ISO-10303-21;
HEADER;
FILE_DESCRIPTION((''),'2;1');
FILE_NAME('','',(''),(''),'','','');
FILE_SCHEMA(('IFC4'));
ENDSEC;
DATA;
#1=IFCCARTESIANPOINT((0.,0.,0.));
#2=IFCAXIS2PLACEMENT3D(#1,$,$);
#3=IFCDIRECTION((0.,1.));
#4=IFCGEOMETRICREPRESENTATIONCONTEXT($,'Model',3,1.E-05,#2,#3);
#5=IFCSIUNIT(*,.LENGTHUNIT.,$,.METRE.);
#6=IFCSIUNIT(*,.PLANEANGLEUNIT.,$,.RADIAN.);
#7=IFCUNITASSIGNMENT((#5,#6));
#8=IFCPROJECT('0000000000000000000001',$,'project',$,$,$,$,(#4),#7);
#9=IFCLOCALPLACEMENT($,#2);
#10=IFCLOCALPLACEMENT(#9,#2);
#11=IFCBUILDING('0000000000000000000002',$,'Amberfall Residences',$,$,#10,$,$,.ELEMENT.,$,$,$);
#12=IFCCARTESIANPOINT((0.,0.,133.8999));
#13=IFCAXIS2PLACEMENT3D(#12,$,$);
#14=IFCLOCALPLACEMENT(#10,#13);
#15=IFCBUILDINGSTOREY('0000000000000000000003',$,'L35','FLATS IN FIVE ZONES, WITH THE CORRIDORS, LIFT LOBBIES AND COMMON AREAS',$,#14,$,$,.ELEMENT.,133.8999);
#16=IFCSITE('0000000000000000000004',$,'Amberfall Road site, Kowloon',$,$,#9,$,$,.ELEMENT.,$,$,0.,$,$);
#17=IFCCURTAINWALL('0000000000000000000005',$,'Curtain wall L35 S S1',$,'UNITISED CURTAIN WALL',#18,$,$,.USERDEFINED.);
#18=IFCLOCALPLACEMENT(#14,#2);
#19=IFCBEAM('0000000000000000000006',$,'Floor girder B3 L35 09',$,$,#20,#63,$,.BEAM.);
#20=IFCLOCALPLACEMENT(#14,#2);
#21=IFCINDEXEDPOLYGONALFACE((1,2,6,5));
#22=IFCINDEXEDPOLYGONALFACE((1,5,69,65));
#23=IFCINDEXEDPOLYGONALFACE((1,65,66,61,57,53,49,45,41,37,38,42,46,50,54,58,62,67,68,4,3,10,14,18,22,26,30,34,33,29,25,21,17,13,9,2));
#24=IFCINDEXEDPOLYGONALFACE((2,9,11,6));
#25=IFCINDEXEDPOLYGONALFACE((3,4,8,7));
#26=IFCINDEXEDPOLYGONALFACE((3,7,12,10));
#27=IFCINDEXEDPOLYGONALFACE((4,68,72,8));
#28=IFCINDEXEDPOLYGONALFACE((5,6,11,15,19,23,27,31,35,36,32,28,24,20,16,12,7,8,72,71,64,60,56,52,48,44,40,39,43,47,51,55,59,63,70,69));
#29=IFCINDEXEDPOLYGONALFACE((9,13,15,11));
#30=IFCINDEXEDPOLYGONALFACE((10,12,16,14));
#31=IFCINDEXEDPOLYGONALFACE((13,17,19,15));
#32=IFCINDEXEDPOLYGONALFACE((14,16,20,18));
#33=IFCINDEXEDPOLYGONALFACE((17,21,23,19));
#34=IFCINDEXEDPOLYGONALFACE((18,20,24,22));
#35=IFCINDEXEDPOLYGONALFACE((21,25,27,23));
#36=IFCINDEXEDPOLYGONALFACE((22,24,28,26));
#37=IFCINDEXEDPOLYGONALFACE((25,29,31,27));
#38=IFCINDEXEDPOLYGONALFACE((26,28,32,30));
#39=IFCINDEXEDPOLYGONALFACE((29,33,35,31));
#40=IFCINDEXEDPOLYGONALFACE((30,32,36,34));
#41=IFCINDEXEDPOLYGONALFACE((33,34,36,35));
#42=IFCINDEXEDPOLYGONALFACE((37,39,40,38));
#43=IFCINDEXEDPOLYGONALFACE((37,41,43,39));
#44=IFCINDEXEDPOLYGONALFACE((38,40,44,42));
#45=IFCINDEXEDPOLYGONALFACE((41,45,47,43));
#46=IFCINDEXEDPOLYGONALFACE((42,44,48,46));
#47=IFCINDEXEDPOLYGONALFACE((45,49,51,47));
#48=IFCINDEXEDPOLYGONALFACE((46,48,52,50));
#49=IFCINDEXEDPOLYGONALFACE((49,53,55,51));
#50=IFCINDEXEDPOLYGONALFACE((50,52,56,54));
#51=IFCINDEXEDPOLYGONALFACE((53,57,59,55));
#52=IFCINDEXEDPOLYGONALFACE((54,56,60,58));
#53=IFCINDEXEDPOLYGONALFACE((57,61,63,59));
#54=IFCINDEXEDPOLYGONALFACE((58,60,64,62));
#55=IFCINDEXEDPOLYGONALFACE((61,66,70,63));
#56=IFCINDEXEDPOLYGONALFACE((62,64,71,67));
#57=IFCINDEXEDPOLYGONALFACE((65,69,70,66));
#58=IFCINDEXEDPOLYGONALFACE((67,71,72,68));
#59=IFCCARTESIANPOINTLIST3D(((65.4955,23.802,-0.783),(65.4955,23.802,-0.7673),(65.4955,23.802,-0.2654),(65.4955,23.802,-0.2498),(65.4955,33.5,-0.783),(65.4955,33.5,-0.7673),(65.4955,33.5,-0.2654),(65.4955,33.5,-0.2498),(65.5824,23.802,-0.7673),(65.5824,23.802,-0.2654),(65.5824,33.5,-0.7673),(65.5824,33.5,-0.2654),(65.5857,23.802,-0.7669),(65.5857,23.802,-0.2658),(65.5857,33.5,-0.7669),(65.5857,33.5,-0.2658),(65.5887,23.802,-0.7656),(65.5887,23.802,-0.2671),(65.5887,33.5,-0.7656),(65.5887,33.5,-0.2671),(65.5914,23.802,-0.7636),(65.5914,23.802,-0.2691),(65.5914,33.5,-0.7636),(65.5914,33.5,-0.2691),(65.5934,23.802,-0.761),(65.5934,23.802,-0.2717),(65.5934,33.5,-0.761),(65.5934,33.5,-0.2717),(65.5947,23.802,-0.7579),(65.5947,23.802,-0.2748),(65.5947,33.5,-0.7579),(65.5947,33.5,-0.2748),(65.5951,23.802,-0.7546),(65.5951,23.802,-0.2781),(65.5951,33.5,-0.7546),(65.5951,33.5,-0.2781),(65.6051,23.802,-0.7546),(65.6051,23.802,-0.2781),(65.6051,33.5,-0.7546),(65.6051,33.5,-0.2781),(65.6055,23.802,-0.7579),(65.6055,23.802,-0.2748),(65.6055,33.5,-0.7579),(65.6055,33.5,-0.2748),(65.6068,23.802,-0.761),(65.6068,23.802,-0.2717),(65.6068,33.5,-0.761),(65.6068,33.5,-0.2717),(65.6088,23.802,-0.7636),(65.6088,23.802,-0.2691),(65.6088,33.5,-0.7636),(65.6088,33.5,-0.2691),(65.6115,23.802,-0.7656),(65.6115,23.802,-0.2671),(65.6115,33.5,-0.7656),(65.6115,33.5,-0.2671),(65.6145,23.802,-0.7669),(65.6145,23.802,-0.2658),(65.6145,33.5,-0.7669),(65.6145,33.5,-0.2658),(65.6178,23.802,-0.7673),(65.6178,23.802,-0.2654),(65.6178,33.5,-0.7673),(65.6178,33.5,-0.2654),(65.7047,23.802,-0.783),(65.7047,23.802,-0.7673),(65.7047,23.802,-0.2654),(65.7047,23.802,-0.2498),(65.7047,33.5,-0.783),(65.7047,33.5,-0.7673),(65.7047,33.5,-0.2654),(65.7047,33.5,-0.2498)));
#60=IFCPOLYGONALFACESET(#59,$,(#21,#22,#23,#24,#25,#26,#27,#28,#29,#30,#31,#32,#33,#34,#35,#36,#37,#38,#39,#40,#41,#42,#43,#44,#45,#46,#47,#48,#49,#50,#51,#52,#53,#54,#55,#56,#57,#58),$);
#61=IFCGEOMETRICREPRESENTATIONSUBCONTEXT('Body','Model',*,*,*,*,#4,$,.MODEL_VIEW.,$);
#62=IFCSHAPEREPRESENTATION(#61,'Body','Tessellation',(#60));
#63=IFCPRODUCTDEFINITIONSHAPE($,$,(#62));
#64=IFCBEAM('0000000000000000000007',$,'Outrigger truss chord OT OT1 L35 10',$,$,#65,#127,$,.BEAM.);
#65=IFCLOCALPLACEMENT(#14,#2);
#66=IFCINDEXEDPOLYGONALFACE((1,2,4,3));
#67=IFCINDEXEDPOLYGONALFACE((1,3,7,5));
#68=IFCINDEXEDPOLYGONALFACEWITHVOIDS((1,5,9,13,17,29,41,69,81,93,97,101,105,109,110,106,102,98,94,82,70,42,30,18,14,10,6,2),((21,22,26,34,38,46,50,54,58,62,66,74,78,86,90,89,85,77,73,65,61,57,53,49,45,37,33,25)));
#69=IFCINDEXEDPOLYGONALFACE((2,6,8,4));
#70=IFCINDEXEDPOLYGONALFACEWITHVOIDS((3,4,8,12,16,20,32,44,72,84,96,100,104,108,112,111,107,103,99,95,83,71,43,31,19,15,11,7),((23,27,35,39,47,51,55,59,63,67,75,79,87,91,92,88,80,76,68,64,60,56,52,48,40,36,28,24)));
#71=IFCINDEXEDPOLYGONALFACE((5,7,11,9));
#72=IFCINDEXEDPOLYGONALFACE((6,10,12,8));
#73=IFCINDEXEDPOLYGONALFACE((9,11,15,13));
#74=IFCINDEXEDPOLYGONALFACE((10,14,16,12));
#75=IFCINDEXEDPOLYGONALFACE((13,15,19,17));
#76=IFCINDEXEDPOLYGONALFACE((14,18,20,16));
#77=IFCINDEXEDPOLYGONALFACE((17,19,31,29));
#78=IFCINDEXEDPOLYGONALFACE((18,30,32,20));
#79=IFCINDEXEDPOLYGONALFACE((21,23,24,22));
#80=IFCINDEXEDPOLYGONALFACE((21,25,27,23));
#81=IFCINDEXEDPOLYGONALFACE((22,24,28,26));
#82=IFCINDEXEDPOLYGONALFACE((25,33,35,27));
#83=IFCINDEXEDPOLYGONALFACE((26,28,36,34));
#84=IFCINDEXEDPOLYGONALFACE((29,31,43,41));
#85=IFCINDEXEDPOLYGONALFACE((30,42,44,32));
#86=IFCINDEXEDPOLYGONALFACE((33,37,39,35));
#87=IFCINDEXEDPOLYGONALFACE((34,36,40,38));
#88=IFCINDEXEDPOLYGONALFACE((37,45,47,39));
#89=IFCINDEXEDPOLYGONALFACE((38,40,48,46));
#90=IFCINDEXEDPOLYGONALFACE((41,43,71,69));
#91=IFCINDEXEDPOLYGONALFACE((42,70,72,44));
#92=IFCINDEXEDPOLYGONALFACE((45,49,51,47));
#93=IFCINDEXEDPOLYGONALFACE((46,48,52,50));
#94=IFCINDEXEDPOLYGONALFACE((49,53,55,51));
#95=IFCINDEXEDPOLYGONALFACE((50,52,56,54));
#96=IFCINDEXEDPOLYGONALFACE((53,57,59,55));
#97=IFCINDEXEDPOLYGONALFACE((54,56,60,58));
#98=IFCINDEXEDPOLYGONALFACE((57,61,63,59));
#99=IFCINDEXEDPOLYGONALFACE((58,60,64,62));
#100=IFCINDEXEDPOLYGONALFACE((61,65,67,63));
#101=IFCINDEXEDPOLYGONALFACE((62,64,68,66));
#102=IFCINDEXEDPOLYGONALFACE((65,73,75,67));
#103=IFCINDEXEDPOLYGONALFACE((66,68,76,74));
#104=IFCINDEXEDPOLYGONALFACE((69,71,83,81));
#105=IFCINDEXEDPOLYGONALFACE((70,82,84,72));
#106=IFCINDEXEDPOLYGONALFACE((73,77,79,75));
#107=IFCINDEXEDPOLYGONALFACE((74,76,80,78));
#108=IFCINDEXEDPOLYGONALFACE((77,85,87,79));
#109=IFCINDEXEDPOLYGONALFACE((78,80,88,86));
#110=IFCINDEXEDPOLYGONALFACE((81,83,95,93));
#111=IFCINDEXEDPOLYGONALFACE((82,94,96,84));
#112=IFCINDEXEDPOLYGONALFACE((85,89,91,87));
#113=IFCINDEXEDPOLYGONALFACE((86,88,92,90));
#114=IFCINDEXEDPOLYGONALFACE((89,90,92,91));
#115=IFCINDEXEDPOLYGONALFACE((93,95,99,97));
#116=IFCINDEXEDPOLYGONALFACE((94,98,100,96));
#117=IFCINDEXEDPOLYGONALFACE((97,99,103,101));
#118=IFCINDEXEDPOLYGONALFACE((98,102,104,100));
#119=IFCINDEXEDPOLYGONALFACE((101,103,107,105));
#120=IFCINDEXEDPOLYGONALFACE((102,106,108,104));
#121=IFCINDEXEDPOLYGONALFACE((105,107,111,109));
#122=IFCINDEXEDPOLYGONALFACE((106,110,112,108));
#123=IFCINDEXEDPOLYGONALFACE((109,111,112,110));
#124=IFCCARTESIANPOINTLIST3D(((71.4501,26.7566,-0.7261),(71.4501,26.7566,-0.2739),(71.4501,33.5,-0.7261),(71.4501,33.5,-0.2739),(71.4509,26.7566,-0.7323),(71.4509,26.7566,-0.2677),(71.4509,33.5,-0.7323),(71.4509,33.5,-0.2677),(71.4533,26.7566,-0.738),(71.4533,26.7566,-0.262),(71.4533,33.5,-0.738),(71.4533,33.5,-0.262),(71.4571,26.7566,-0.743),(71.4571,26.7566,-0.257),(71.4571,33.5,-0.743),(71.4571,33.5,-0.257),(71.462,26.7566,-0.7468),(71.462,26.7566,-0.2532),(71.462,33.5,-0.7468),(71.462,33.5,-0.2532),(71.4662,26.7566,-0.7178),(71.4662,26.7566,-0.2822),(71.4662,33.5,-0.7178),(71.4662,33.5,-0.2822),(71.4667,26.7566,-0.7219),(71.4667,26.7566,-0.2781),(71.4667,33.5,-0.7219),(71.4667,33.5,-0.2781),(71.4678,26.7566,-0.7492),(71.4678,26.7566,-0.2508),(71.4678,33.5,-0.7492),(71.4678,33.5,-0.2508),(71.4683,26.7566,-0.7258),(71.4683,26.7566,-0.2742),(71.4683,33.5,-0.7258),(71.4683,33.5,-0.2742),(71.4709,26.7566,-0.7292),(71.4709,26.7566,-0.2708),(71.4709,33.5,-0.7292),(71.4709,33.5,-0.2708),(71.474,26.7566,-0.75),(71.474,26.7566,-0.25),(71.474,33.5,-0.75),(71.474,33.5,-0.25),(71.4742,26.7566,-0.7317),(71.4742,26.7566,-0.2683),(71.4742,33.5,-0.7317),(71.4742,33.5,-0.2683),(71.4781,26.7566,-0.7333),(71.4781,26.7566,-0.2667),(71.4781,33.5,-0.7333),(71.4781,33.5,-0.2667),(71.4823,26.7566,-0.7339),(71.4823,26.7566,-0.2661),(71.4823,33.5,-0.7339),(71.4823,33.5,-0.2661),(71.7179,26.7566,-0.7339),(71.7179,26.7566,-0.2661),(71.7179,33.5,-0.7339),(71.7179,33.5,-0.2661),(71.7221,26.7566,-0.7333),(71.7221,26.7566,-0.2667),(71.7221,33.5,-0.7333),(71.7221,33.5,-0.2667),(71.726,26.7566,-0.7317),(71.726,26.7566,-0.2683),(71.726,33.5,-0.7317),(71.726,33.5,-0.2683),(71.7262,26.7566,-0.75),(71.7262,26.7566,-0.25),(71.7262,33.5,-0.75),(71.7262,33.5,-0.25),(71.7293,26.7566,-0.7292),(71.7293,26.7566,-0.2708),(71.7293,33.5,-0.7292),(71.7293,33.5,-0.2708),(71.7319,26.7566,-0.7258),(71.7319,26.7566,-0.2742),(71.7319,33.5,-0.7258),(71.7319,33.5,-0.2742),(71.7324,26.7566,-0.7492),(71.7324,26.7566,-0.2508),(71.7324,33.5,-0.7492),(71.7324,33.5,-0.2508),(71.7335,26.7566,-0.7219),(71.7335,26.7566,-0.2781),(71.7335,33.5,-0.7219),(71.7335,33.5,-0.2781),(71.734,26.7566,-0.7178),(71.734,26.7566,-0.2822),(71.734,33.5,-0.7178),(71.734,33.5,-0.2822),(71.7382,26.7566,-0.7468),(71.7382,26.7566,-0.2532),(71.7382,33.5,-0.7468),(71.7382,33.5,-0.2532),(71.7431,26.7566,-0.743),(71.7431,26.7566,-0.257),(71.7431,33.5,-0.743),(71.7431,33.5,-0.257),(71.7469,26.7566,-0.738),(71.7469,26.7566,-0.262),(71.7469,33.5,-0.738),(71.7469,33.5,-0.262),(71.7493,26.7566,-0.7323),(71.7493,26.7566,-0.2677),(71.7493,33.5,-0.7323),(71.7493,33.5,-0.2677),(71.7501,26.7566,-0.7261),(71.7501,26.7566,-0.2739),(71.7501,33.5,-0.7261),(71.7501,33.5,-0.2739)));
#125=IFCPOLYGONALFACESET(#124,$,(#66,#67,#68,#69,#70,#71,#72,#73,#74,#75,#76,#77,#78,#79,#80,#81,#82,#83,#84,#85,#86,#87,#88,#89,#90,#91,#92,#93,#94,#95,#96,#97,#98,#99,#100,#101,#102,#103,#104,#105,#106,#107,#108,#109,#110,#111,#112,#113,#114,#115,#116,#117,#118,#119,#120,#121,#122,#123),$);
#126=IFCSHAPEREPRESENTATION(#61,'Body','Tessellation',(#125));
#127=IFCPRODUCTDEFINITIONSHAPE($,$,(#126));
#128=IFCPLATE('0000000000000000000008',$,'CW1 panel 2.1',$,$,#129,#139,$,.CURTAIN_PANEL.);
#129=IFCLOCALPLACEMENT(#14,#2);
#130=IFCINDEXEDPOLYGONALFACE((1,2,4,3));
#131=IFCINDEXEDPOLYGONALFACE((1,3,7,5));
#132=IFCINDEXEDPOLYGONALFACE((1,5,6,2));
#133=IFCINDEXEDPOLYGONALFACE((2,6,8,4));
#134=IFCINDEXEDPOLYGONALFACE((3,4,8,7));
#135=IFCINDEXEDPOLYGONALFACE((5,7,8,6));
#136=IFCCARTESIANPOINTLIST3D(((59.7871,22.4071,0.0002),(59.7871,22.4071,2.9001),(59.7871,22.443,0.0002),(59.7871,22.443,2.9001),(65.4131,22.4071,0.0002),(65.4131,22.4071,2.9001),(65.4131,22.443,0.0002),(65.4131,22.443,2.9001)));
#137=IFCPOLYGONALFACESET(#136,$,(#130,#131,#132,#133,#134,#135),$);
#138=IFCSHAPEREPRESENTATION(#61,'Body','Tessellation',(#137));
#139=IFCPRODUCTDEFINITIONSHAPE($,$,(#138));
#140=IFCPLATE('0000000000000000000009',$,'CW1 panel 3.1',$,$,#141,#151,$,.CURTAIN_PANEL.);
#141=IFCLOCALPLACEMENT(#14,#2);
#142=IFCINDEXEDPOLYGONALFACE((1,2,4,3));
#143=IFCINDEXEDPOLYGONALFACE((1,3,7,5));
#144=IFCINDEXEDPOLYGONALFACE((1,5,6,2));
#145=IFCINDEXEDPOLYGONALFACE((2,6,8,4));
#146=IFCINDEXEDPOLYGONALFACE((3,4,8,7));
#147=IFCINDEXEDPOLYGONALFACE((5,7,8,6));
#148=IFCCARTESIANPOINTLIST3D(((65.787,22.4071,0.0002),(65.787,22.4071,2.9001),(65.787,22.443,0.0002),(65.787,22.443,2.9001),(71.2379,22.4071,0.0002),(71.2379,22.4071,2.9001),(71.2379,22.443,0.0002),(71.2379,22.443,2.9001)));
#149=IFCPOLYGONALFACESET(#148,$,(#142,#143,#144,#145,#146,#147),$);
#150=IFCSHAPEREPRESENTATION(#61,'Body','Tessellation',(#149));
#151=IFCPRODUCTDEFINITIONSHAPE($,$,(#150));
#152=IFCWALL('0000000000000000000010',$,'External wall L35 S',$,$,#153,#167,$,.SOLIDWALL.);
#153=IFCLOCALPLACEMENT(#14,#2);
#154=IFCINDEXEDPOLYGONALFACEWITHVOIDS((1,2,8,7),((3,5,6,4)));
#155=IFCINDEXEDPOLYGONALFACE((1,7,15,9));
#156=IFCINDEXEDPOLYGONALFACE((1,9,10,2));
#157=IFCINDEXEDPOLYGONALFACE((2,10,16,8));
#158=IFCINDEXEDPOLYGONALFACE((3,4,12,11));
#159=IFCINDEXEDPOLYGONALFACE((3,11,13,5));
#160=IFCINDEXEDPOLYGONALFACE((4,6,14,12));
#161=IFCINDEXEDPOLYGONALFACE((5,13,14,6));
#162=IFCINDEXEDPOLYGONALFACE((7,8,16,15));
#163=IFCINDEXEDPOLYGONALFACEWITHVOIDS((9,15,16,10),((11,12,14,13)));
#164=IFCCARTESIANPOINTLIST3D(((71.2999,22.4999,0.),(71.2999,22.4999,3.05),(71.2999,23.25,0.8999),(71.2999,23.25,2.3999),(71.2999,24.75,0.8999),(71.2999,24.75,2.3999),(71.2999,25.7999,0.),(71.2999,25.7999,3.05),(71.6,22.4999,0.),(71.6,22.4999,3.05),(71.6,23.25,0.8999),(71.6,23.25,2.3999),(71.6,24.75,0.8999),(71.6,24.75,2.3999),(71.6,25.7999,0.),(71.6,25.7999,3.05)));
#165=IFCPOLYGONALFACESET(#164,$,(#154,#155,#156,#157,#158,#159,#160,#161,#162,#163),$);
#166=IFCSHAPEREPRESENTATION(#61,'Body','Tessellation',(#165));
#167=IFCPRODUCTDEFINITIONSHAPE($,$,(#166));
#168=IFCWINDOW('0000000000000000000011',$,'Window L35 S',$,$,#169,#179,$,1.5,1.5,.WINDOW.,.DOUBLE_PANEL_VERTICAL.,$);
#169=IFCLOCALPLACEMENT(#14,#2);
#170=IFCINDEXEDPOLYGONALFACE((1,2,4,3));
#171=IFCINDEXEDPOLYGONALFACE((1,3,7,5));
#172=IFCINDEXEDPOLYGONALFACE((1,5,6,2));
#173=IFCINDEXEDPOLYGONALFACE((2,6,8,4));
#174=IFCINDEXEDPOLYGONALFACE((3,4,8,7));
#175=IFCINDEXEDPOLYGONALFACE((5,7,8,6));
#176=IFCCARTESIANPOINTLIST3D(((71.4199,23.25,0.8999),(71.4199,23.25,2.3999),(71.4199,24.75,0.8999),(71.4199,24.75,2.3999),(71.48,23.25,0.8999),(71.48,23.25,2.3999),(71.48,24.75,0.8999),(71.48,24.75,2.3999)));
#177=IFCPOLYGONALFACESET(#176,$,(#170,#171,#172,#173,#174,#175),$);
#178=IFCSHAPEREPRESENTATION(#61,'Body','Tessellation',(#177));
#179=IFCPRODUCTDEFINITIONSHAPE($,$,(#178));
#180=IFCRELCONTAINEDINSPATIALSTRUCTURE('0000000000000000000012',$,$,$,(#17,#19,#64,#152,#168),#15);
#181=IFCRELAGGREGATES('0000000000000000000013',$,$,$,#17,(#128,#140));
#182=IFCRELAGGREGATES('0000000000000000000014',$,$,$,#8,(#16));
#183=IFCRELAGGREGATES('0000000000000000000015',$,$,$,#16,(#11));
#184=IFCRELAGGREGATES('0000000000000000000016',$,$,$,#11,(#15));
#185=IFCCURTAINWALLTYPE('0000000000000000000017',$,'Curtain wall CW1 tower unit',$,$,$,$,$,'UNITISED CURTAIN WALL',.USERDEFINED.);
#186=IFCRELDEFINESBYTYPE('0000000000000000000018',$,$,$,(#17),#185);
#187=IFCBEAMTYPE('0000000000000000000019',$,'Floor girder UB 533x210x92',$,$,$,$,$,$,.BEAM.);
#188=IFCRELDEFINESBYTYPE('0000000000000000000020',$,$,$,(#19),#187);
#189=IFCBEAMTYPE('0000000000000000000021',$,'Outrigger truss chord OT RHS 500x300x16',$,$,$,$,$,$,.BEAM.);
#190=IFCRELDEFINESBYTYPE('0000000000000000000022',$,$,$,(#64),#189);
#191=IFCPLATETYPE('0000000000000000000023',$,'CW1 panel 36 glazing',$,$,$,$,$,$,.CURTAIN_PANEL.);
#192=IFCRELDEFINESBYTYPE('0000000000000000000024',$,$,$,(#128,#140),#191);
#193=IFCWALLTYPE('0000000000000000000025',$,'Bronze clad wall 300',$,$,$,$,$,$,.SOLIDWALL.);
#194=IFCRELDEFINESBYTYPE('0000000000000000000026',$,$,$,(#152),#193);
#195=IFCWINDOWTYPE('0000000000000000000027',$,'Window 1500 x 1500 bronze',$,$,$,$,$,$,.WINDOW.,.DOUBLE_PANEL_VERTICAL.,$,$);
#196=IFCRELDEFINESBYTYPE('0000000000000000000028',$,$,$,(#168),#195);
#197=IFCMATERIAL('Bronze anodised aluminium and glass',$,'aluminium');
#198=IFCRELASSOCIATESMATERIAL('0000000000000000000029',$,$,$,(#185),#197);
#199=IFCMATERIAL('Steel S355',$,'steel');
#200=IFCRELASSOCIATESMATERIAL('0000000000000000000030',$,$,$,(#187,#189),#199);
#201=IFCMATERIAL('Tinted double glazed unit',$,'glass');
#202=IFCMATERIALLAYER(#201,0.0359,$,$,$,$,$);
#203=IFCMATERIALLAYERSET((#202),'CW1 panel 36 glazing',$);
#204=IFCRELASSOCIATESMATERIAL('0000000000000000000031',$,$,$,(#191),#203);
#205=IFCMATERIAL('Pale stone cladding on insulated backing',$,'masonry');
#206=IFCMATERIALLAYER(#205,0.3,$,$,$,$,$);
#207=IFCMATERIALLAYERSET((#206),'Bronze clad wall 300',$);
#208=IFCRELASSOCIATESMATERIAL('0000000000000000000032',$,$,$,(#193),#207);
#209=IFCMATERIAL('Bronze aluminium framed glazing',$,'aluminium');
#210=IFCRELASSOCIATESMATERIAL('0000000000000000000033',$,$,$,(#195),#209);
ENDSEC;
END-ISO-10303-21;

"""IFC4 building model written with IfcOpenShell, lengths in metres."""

from ifc_helpers import new_model, si_unit, direction, frame, frame_2d, origin, origin_2d, place, context, subcontext, project, spatial, rectangle, hollow_rectangle, i_section, extrude, material, layer, layer_set, material_profile, profile_set, type_object, element, fill, aggregate, save


model = new_model("IFC4")

# Units and contexts
model_context = context("Model", 3, precision=1e-05, world=origin(), true_north=direction((0.0, 1.0)))
body_context = subcontext(model_context, "Body", "Model", "MODEL_VIEW")
ifc_project = project(units=[si_unit("LENGTHUNIT", "METRE"), si_unit("PLANEANGLEUNIT", "RADIAN")], contexts=[model_context])

# Site, building, storey
site_placement = place(None, origin())
site = spatial("IfcSite", under=ifc_project, at=site_placement, Name="Amberfall Road site, Kowloon", CompositionType="ELEMENT", RefElevation=0.0)
building_placement = place(site_placement, origin())
building = spatial("IfcBuilding", under=site, at=building_placement, Name="Amberfall Residences", CompositionType="ELEMENT")
storey_placement = place(building_placement, frame((0.0, 0.0, 133.8999)))
storey = spatial("IfcBuildingStorey", under=building, at=storey_placement, Name="L35", Description="FLATS IN FIVE ZONES, WITH THE CORRIDORS, LIFT LOBBIES AND COMMON AREAS", CompositionType="ELEMENT", Elevation=133.8999)

# Shared definitions
ifc_material_1 = material(Name="Steel S355", Category="steel")

# Curtain wall
ifc_material_2 = material(Name="Bronze anodised aluminium and glass", Category="aluminium")
curtain_wall_type = type_object("IfcCurtainWallType", Name="Curtain wall CW1 tower unit", ElementType="UNITISED CURTAIN WALL", PredefinedType="USERDEFINED", material=ifc_material_2)
curtain_wall_placement = place(storey_placement, origin())
curtain_wall = element("IfcCurtainWall", 1, at=curtain_wall_placement, inside=storey, type_object=curtain_wall_type, Name="Curtain wall L35 S S1", ObjectType="UNITISED CURTAIN WALL", PredefinedType="USERDEFINED")

# Beams
ifc_material_profile_1 = material_profile(ifc_material_1, i_section(OverallWidth=0.2092, OverallDepth=0.5332, WebThickness=0.01, FlangeThickness=0.0156, FilletRadius=0.0127, at=origin_2d()), Name="UB 533x210x92")
ifc_profile_set_1 = profile_set([ifc_material_profile_1], Name="Steel S355")
beam_type_1 = type_object("IfcBeamType", Name="Floor girder UB 533x210x92", PredefinedType="BEAM", material=ifc_profile_set_1)
beam_1_placement = place(storey_placement, frame((65.6001, 23.802, -0.5164), z_axis=(0.0, 1.0, 0.0), x_axis=(-1.0, 0.0, 0.0)))
element("IfcBeam", 2, at=beam_1_placement, inside=storey, type_object=beam_type_1, Name="Floor girder B3 L35 09", PredefinedType="BEAM", context=body_context, shape_type="SweptSolid", body=[
    extrude(i_section(OverallWidth=0.2092, OverallDepth=0.5332, WebThickness=0.01, FlangeThickness=0.0156, FilletRadius=0.0127, at=origin_2d()), origin(), (0.0, 0.0, 1.0), 9.698),
])
ifc_material_profile_2 = material_profile(ifc_material_1, hollow_rectangle(XDim=0.3, YDim=0.5, WallThickness=0.0161, InnerFilletRadius=0.0161, OuterFilletRadius=0.0239, at=origin_2d()), Name="RHS 500x300x16")
ifc_profile_set_2 = profile_set([ifc_material_profile_2], Name="Steel S355")
beam_type_2 = type_object("IfcBeamType", Name="Outrigger truss chord OT RHS 500x300x16", PredefinedType="BEAM", material=ifc_profile_set_2)
beam_2_placement = place(storey_placement, frame((71.6001, 26.7566, -0.5), z_axis=(0.0, 1.0, 0.0), x_axis=(-1.0, 0.0, 0.0)))
element("IfcBeam", 3, at=beam_2_placement, inside=storey, type_object=beam_type_2, Name="Outrigger truss chord OT OT1 L35 10", PredefinedType="BEAM", context=body_context, shape_type="SweptSolid", body=[
    extrude(hollow_rectangle(XDim=0.3, YDim=0.5, WallThickness=0.0161, InnerFilletRadius=0.0161, OuterFilletRadius=0.0239, at=origin_2d()), origin(), (0.0, 0.0, 1.0), 6.7434),
])

# Plates
ifc_material_3 = material(Name="Tinted double glazed unit", Category="glass")
ifc_layer_1 = layer(ifc_material_3, 0.0359)
ifc_layer_set_1 = layer_set([ifc_layer_1], Name="CW1 panel 36 glazing")
plate_type = type_object("IfcPlateType", Name="CW1 panel 36 glazing", PredefinedType="CURTAIN_PANEL", material=ifc_layer_set_1)
plate_1_placement = place(storey_placement, frame((62.6001, 22.425, 0.0002), z_axis=(0.0, 0.0, 1.0), x_axis=(1.0, 0.0, 0.0)))
plate_1 = element("IfcPlate", 4, at=plate_1_placement, type_object=plate_type, Name="CW1 panel 2.1", PredefinedType="CURTAIN_PANEL", context=body_context, shape_type="SweptSolid", body=[
    extrude(rectangle(XDim=5.626, YDim=0.0359, at=origin_2d()), origin(), (0.0, 0.0, 1.0), 2.8999),
])
plate_2_placement = place(storey_placement, frame((68.5125, 22.425, 0.0002), z_axis=(0.0, 0.0, 1.0), x_axis=(1.0, 0.0, 0.0)))
plate_2 = element("IfcPlate", 5, at=plate_2_placement, type_object=plate_type, Name="CW1 panel 3.1", PredefinedType="CURTAIN_PANEL", context=body_context, shape_type="SweptSolid", body=[
    extrude(rectangle(XDim=5.4509, YDim=0.0359, at=origin_2d()), origin(), (0.0, 0.0, 1.0), 2.8999),
])
aggregate(curtain_wall, [plate_1, plate_2])

# Wall, opening, window
ifc_material_4 = material(Name="Pale stone cladding on insulated backing", Category="masonry")
ifc_layer_2 = layer(ifc_material_4, 0.3)
ifc_layer_set_2 = layer_set([ifc_layer_2], Name="Bronze clad wall 300")
wall_type_1 = type_object("IfcWallType", Name="Bronze clad wall 300", PredefinedType="SOLIDWALL", material=ifc_layer_set_2)
wall_1_placement = place(storey_placement, frame((71.45, 22.5, 0.0), z_axis=(0.0, 0.0, 1.0), x_axis=(0.0, 1.0, 0.0)))
wall_1 = element("IfcWall", 6, at=wall_1_placement, inside=storey, type_object=wall_type_1, Name="External wall L35 S", PredefinedType="SOLIDWALL", context=body_context, shape_type="SweptSolid", body=[
    extrude(rectangle(XDim=3.3, YDim=0.3, at=frame_2d((1.6499, 0.0))), origin(), (0.0, 0.0, 1.0), 3.05),
])
opening_1_placement = place(wall_1_placement, frame((0.75, 0.0, 0.8999)))
opening_1 = element("IfcOpeningElement", 7, at=opening_1_placement, cuts=wall_1, PredefinedType="OPENING", context=body_context, shape_type="SweptSolid", body=[
    extrude(rectangle(XDim=1.5, YDim=1.5, at=frame_2d((0.75, 0.75))), frame((0.0, 0.1599, 0.0), z_axis=(0.0, -1.0, 0.0), x_axis=(1.0, 0.0, 0.0)), (0.0, 0.0, 1.0), 0.3201),
])
ifc_material_5 = material(Name="Bronze aluminium framed glazing", Category="aluminium")
window_type_1 = type_object("IfcWindowType", Name="Window 1500 x 1500 bronze", PartitioningType="DOUBLE_PANEL_VERTICAL", PredefinedType="WINDOW", material=ifc_material_5)
window_1_placement = place(opening_1_placement, origin())
window_1 = element("IfcWindow", 8, at=window_1_placement, inside=storey, type_object=window_type_1, Name="Window L35 S", OverallHeight=1.5, OverallWidth=1.5, PartitioningType="DOUBLE_PANEL_VERTICAL", PredefinedType="WINDOW", context=body_context, shape_type="SweptSolid", body=[
    extrude(rectangle(XDim=1.5, YDim=1.5, at=frame_2d((0.75, 0.75))), frame((0.0, 0.03, 0.0), z_axis=(0.0, -1.0, 0.0), x_axis=(1.0, 0.0, 0.0)), (0.0, 0.0, 1.0), 0.0601),
])
fill(opening_1, window_1)

save(model, "model.ifc")
